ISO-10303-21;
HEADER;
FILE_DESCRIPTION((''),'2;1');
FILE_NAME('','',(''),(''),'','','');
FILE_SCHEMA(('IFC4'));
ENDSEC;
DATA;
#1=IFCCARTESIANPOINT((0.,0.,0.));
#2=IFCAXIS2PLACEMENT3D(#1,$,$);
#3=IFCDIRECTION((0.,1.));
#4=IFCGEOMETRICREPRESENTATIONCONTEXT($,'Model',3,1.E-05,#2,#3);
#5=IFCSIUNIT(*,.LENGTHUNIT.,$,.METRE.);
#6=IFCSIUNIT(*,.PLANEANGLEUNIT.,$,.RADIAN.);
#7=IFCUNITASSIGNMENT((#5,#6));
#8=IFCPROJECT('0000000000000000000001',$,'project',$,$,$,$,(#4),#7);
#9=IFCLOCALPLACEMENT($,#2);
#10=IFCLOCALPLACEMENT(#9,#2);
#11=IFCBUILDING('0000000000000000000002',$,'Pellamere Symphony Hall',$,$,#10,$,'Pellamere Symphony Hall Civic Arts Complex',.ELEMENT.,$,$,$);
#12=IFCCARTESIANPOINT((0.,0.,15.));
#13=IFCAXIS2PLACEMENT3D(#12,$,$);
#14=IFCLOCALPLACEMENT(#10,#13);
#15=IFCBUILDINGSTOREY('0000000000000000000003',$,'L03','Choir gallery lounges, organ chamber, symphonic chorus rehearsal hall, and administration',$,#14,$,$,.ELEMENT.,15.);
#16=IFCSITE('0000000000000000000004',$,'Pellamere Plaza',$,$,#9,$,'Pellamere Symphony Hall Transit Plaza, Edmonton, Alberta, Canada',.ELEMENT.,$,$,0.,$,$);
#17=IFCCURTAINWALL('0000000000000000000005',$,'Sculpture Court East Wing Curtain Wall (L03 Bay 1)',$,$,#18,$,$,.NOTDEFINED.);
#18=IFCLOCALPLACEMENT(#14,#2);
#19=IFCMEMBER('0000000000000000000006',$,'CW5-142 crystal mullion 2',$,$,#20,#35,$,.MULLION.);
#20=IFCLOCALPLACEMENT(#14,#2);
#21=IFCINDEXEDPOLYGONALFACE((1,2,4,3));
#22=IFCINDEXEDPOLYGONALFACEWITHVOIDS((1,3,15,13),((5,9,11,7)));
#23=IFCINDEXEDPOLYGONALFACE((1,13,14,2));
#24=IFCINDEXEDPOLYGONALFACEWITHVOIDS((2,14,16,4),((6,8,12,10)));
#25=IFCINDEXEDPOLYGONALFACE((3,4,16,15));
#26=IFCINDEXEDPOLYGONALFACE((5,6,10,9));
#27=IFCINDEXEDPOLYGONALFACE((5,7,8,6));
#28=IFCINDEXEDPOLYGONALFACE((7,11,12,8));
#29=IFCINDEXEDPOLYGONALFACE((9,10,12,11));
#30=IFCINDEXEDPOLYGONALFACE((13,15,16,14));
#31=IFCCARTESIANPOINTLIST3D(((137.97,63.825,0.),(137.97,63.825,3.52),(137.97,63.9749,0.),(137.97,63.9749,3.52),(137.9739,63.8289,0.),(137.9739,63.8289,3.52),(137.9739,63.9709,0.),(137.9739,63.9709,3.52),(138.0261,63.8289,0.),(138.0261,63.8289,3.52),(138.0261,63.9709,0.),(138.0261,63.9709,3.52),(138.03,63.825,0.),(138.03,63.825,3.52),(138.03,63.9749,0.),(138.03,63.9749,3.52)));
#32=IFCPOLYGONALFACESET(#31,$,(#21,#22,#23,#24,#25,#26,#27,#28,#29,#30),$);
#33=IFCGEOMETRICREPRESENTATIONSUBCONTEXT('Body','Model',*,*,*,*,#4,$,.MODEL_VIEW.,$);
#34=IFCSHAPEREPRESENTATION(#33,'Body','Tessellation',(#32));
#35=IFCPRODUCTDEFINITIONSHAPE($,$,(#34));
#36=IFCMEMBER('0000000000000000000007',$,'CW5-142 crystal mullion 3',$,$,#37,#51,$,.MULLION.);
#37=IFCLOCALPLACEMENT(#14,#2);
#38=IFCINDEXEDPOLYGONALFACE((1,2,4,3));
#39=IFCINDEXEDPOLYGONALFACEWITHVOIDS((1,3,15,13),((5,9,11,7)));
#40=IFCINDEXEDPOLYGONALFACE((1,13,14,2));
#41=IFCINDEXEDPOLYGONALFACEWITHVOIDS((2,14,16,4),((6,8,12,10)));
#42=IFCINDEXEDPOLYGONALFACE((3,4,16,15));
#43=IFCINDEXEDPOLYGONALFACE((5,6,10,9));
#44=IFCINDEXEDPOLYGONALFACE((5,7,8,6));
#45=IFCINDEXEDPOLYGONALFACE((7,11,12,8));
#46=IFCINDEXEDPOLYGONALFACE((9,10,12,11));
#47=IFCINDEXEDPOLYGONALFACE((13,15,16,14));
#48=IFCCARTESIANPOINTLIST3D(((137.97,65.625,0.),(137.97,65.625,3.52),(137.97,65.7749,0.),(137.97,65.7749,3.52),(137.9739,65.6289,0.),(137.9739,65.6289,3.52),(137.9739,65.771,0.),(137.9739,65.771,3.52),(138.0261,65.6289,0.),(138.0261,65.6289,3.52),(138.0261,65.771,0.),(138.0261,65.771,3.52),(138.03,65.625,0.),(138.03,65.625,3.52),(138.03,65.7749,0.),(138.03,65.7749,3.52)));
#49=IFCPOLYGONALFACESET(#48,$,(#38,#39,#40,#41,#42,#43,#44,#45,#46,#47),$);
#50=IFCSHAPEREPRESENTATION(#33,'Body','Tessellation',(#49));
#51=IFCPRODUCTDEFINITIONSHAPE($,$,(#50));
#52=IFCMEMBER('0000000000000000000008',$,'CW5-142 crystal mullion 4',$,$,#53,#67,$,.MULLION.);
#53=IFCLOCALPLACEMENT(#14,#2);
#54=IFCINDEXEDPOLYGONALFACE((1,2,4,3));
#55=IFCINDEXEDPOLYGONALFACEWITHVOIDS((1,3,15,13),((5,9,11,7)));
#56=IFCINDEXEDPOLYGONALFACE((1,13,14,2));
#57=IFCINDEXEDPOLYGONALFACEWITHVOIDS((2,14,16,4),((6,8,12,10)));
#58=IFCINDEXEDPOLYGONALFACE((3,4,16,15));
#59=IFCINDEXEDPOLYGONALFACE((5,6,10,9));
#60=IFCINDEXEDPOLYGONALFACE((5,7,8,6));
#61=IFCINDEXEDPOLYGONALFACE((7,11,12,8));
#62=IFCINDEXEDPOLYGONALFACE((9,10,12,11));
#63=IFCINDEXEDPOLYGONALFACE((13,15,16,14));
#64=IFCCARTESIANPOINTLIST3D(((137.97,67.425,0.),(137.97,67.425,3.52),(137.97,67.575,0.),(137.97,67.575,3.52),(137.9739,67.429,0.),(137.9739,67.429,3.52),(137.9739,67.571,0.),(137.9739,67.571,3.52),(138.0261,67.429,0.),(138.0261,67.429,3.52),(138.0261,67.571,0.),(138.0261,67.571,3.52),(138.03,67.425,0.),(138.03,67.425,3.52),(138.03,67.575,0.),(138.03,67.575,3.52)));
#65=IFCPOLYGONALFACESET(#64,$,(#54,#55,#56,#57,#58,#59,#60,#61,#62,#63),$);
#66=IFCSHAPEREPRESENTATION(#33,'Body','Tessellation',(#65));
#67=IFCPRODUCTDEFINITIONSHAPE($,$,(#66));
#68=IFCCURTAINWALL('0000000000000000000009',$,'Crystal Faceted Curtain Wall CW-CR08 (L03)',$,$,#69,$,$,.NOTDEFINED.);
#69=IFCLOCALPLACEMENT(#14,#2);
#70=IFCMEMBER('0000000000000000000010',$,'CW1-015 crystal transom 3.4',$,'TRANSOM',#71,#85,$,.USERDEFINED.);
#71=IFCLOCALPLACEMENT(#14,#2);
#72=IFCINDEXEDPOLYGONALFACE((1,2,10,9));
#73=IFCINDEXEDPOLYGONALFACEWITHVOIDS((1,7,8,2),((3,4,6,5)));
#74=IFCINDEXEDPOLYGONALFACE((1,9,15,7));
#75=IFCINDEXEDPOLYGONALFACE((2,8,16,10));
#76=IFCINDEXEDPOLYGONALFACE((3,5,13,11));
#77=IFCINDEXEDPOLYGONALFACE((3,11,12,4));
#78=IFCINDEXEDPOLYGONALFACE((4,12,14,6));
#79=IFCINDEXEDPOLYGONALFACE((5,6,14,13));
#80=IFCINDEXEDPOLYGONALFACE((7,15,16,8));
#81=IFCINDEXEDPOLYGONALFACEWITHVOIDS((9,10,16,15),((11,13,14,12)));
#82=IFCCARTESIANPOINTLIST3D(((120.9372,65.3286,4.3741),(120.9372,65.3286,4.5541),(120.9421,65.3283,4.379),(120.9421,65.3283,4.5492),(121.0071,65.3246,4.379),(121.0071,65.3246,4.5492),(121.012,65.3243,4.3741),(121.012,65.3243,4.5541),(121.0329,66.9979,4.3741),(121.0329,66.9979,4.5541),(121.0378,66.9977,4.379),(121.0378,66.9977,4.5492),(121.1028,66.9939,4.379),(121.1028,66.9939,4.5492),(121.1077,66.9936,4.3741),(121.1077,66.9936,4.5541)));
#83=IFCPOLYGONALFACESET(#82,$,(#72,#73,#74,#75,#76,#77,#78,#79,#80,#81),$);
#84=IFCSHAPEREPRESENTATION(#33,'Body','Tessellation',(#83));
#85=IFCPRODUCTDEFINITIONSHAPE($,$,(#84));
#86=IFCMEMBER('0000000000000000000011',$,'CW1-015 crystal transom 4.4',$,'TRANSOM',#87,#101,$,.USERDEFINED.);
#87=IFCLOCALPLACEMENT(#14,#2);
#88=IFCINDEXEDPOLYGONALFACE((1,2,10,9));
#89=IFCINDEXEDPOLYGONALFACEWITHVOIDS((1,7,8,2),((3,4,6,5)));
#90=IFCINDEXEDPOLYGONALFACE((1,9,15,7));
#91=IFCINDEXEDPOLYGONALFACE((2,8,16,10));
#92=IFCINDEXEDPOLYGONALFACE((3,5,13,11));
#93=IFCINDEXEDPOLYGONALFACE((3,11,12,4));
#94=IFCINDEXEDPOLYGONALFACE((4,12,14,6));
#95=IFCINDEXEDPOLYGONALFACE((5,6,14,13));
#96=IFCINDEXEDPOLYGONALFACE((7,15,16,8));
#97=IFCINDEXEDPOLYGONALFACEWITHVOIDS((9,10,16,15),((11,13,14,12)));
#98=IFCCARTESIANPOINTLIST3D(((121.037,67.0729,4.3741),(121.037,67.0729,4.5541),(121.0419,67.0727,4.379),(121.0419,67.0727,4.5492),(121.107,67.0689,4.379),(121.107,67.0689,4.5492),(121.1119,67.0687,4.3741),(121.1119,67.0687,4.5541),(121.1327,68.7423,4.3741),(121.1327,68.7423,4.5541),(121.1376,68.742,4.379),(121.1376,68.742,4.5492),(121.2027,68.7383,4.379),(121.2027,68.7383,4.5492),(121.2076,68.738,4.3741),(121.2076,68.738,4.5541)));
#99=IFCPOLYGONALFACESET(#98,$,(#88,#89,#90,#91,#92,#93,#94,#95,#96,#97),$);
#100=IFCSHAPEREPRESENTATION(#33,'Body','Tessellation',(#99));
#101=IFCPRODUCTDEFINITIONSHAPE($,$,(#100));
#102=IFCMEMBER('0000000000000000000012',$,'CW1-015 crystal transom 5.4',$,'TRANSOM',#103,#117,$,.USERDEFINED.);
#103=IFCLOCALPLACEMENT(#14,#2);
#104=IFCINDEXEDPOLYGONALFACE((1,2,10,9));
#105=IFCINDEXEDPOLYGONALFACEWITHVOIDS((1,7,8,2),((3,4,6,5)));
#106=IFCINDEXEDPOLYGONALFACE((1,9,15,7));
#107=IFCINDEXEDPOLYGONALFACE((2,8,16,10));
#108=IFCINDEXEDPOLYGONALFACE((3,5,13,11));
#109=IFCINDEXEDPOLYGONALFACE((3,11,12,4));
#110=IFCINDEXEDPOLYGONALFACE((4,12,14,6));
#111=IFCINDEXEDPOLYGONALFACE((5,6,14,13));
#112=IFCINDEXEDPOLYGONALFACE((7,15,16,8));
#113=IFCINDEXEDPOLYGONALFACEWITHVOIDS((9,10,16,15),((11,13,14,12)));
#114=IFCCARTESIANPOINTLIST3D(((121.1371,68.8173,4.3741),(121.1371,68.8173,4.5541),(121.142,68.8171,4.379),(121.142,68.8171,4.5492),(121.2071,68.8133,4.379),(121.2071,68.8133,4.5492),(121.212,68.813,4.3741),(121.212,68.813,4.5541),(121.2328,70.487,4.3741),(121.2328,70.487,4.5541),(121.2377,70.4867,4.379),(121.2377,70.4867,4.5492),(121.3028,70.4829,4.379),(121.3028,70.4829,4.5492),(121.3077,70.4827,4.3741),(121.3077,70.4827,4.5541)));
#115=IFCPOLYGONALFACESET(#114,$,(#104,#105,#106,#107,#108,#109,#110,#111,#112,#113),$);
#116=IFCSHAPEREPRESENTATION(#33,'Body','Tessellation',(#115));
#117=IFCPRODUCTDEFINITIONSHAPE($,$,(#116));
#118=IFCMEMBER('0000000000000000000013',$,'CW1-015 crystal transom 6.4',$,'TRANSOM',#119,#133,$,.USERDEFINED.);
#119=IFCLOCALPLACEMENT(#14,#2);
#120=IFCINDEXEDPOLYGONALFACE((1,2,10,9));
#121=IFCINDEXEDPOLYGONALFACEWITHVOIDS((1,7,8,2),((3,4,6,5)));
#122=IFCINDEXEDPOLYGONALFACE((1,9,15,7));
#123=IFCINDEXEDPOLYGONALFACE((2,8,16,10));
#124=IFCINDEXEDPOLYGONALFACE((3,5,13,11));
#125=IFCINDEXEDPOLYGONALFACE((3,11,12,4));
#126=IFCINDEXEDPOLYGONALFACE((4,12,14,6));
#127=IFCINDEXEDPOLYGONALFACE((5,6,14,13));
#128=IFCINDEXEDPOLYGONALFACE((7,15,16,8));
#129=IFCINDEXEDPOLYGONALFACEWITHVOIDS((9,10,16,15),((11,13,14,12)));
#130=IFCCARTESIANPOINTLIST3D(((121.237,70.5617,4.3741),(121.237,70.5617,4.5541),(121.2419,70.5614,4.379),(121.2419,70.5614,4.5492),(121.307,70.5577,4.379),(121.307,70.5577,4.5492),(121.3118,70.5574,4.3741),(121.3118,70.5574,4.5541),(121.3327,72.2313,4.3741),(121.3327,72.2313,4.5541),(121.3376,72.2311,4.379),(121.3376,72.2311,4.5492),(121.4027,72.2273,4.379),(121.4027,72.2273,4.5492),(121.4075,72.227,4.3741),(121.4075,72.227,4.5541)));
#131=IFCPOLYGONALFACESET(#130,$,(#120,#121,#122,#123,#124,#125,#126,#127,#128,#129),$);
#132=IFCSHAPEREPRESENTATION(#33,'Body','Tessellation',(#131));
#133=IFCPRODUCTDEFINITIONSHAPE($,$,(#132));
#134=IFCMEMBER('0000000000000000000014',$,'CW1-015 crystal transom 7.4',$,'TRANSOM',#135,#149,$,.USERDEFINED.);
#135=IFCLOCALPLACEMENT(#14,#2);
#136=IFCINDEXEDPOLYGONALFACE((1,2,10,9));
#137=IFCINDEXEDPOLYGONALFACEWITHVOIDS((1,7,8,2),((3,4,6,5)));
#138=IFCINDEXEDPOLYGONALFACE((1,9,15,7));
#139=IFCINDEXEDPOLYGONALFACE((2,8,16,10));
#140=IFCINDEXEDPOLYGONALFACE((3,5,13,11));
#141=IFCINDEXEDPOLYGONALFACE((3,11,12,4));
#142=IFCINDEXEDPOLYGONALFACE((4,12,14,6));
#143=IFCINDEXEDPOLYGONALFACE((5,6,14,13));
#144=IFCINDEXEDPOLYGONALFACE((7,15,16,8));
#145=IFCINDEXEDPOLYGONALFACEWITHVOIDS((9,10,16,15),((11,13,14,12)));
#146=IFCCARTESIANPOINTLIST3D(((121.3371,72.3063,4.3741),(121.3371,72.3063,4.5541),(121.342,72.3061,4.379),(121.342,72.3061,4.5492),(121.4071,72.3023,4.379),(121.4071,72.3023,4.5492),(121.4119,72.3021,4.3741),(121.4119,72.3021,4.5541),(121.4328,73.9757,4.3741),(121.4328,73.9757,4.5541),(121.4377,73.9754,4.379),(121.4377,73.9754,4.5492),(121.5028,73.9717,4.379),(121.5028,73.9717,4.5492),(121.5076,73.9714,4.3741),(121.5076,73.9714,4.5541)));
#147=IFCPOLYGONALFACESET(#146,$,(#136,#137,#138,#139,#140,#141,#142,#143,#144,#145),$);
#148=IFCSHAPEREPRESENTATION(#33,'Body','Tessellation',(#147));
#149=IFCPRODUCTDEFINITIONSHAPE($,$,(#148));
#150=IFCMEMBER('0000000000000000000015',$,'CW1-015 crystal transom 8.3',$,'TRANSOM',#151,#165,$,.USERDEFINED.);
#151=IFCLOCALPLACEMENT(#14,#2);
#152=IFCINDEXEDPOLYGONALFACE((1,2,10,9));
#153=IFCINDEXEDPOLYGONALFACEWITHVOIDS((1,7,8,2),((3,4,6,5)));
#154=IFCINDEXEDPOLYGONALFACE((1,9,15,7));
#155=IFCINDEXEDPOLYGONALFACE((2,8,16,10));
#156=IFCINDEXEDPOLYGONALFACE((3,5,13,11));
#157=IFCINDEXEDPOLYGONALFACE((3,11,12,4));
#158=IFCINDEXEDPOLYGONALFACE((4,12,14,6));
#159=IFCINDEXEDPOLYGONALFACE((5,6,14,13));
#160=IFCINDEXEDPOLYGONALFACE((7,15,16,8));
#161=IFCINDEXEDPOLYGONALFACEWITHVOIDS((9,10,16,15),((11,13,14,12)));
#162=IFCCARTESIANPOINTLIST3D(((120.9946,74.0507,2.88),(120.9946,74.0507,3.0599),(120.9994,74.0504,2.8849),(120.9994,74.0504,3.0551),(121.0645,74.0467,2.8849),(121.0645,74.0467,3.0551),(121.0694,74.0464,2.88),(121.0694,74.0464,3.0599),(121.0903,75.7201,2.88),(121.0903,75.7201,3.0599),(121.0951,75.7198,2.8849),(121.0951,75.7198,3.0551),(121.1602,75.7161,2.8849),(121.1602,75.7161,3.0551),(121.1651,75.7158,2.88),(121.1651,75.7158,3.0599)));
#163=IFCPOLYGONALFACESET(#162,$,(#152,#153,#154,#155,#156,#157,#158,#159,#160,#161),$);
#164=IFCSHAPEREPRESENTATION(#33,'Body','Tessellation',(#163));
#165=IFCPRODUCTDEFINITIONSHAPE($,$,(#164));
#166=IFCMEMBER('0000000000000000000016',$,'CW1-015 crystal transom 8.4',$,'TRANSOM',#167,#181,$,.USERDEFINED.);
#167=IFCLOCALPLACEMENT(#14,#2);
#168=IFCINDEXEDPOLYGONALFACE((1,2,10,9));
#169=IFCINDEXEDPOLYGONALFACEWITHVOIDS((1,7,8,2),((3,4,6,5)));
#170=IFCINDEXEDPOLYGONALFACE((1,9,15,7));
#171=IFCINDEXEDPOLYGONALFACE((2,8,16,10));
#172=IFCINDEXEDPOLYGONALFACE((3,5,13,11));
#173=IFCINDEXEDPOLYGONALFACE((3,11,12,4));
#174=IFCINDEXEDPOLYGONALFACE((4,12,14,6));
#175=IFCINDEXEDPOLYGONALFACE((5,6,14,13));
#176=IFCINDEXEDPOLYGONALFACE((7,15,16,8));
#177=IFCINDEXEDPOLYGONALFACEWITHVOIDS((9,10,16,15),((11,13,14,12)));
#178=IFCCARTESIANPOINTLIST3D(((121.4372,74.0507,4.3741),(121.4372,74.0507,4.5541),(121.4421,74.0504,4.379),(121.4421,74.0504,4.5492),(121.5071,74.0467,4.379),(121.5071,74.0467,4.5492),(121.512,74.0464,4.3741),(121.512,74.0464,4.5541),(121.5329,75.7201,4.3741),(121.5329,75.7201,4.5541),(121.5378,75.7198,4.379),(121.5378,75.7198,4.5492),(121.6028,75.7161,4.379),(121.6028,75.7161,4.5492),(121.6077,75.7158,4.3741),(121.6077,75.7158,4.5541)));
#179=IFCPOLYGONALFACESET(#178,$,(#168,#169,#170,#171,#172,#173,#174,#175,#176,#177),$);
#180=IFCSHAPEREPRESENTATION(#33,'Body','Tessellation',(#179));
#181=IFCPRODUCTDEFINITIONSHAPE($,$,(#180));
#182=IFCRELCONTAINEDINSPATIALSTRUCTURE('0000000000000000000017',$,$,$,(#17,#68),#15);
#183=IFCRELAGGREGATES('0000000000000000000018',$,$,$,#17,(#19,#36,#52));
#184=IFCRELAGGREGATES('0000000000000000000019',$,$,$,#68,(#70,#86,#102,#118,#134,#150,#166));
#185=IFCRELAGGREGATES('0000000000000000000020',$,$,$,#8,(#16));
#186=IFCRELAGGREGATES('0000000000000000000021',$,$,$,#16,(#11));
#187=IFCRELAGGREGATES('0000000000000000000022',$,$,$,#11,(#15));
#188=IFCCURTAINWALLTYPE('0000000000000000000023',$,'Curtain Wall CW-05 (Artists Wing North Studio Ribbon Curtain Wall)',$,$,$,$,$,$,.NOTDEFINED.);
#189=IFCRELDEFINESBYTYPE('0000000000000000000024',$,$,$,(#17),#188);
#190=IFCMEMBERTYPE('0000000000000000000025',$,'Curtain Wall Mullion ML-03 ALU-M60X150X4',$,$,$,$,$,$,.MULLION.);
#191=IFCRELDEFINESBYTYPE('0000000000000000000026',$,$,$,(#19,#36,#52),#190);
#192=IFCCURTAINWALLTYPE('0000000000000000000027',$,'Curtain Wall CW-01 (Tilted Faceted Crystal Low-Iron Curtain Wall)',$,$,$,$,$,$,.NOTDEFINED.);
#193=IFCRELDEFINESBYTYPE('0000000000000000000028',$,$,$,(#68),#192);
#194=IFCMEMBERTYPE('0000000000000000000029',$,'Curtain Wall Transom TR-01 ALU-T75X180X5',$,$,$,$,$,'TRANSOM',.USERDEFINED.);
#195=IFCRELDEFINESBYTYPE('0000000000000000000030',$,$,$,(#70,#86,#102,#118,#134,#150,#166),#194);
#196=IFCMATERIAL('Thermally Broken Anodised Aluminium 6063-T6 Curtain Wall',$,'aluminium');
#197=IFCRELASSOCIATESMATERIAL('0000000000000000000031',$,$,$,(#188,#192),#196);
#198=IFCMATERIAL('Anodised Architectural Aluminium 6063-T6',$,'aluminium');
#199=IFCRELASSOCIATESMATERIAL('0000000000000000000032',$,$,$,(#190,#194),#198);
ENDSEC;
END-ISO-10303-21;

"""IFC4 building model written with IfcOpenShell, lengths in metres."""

from ifc_helpers import new_model, si_unit, direction, frame, origin, origin_2d, place, context, subcontext, project, spatial, hollow_rectangle, extrude, material, material_profile, profile_set, type_object, element, aggregate, save


model = new_model("IFC4")

# Units and contexts
model_context = context("Model", 3, precision=1e-05, world=origin(), true_north=direction((0.0, 1.0)))
body_context = subcontext(model_context, "Body", "Model", "MODEL_VIEW")
ifc_project = project(units=[si_unit("LENGTHUNIT", "METRE"), si_unit("PLANEANGLEUNIT", "RADIAN")], contexts=[model_context])

# Site, building, storey
site_placement = place(None, origin())
site = spatial("IfcSite", under=ifc_project, at=site_placement, Name="Pellamere Plaza", LongName="Pellamere Symphony Hall Transit Plaza, Edmonton, Alberta, Canada", CompositionType="ELEMENT", RefElevation=0.0)
building_placement = place(site_placement, origin())
building = spatial("IfcBuilding", under=site, at=building_placement, Name="Pellamere Symphony Hall", LongName="Pellamere Symphony Hall Civic Arts Complex", CompositionType="ELEMENT")
storey_placement = place(building_placement, frame((0.0, 0.0, 15.0)))
storey = spatial("IfcBuildingStorey", under=building, at=storey_placement, Name="L03", Description="Choir gallery lounges, organ chamber, symphonic chorus rehearsal hall, and administration", CompositionType="ELEMENT", Elevation=15.0)

# Curtain walls, members
ifc_material_1 = material(Name="Thermally Broken Anodised Aluminium 6063-T6 Curtain Wall", Category="aluminium")
curtain_wall_type_1 = type_object("IfcCurtainWallType", Name="Curtain Wall CW-05 (Artists Wing North Studio Ribbon Curtain Wall)", PredefinedType="NOTDEFINED", material=ifc_material_1)
curtain_wall_1_placement = place(storey_placement, origin())
curtain_wall_1 = element("IfcCurtainWall", 1, at=curtain_wall_1_placement, inside=storey, type_object=curtain_wall_type_1, Name="Sculpture Court East Wing Curtain Wall (L03 Bay 1)", PredefinedType="NOTDEFINED")
ifc_material_2 = material(Name="Anodised Architectural Aluminium 6063-T6", Category="aluminium")
ifc_material_profile_1 = material_profile(ifc_material_2, hollow_rectangle(XDim=0.0601, YDim=0.1499, WallThickness=0.0039, at=origin_2d()), Name="ALU-M60X150X4")
ifc_profile_set_1 = profile_set([ifc_material_profile_1], Name="Anodised Architectural Aluminium 6063-T6")
member_type_1 = type_object("IfcMemberType", Name="Curtain Wall Mullion ML-03 ALU-M60X150X4", PredefinedType="MULLION", material=ifc_profile_set_1)
member_1_placement = place(storey_placement, frame((138.0, 63.8999, 0.0), z_axis=(0.0, 0.0, 1.0), x_axis=(-1.0, 0.0, 0.0)))
member_1 = element("IfcMember", 2, at=member_1_placement, type_object=member_type_1, Name="CW5-142 crystal mullion 2", PredefinedType="MULLION", context=body_context, shape_type="SweptSolid", body=[
    extrude(hollow_rectangle(XDim=0.0601, YDim=0.1499, WallThickness=0.0039, at=origin_2d()), origin(), (0.0, 0.0, 1.0), 3.52),
])
member_2_placement = place(storey_placement, frame((138.0, 65.7, 0.0), z_axis=(0.0, 0.0, 1.0), x_axis=(-1.0, 0.0, 0.0)))
member_2 = element("IfcMember", 3, at=member_2_placement, type_object=member_type_1, Name="CW5-142 crystal mullion 3", PredefinedType="MULLION", context=body_context, shape_type="SweptSolid", body=[
    extrude(hollow_rectangle(XDim=0.0601, YDim=0.1499, WallThickness=0.0039, at=origin_2d()), origin(), (0.0, 0.0, 1.0), 3.52),
])
member_3_placement = place(storey_placement, frame((138.0, 67.5, 0.0), z_axis=(0.0, 0.0, 1.0), x_axis=(-1.0, 0.0, 0.0)))
member_3 = element("IfcMember", 4, at=member_3_placement, type_object=member_type_1, Name="CW5-142 crystal mullion 4", PredefinedType="MULLION", context=body_context, shape_type="SweptSolid", body=[
    extrude(hollow_rectangle(XDim=0.0601, YDim=0.1499, WallThickness=0.0039, at=origin_2d()), origin(), (0.0, 0.0, 1.0), 3.52),
])
curtain_wall_type_2 = type_object("IfcCurtainWallType", Name="Curtain Wall CW-01 (Tilted Faceted Crystal Low-Iron Curtain Wall)", PredefinedType="NOTDEFINED", material=ifc_material_1)
curtain_wall_2_placement = place(storey_placement, origin())
curtain_wall_2 = element("IfcCurtainWall", 5, at=curtain_wall_2_placement, inside=storey, type_object=curtain_wall_type_2, Name="Crystal Faceted Curtain Wall CW-CR08 (L03)", PredefinedType="NOTDEFINED")
ifc_material_profile_2 = material_profile(ifc_material_2, hollow_rectangle(XDim=0.075, YDim=0.1799, WallThickness=0.0049, at=origin_2d()), Name="ALU-T75X180X5")
ifc_profile_set_2 = profile_set([ifc_material_profile_2], Name="Anodised Architectural Aluminium 6063-T6")
member_type_2 = type_object("IfcMemberType", Name="Curtain Wall Transom TR-01 ALU-T75X180X5", ElementType="TRANSOM", PredefinedType="USERDEFINED", material=ifc_profile_set_2)
member_4_placement = place(storey_placement, frame((120.9746, 65.3264, 4.4641), z_axis=(0.057233, 0.998361, 0.0), x_axis=(-0.998361, 0.057233, 0.0)))
member_4 = element("IfcMember", 6, at=member_4_placement, type_object=member_type_2, Name="CW1-015 crystal transom 3.4", ObjectType="TRANSOM", PredefinedType="USERDEFINED", context=body_context, shape_type="SweptSolid", body=[
    extrude(hollow_rectangle(XDim=0.075, YDim=0.1799, WallThickness=0.0049, at=origin_2d()), origin(), (0.0, 0.0, 1.0), 1.6721),
])
member_5_placement = place(storey_placement, frame((121.0745, 67.0708, 4.4641), z_axis=(0.057233, 0.998361, 0.0), x_axis=(-0.998361, 0.057233, 0.0)))
member_5 = element("IfcMember", 7, at=member_5_placement, type_object=member_type_2, Name="CW1-015 crystal transom 4.4", ObjectType="TRANSOM", PredefinedType="USERDEFINED", context=body_context, shape_type="SweptSolid", body=[
    extrude(hollow_rectangle(XDim=0.075, YDim=0.1799, WallThickness=0.0049, at=origin_2d()), origin(), (0.0, 0.0, 1.0), 1.6721),
])
member_6_placement = place(storey_placement, frame((121.1746, 68.8152, 4.4641), z_axis=(0.057224, 0.998361, 0.0), x_axis=(-0.998361, 0.057224, 0.0)))
member_6 = element("IfcMember", 8, at=member_6_placement, type_object=member_type_2, Name="CW1-015 crystal transom 5.4", ObjectType="TRANSOM", PredefinedType="USERDEFINED", context=body_context, shape_type="SweptSolid", body=[
    extrude(hollow_rectangle(XDim=0.075, YDim=0.1799, WallThickness=0.0049, at=origin_2d()), origin(), (0.0, 0.0, 1.0), 1.6724),
])
member_7_placement = place(storey_placement, frame((121.2744, 70.5596, 4.4641), z_axis=(0.057224, 0.998361, 0.0), x_axis=(-0.998361, 0.057224, 0.0)))
member_7 = element("IfcMember", 9, at=member_7_placement, type_object=member_type_2, Name="CW1-015 crystal transom 6.4", ObjectType="TRANSOM", PredefinedType="USERDEFINED", context=body_context, shape_type="SweptSolid", body=[
    extrude(hollow_rectangle(XDim=0.075, YDim=0.1799, WallThickness=0.0049, at=origin_2d()), origin(), (0.0, 0.0, 1.0), 1.6724),
])
member_8_placement = place(storey_placement, frame((121.3745, 72.3042, 4.4641), z_axis=(0.057233, 0.998361, 0.0), x_axis=(-0.998361, 0.057233, 0.0)))
member_8 = element("IfcMember", 10, at=member_8_placement, type_object=member_type_2, Name="CW1-015 crystal transom 7.4", ObjectType="TRANSOM", PredefinedType="USERDEFINED", context=body_context, shape_type="SweptSolid", body=[
    extrude(hollow_rectangle(XDim=0.075, YDim=0.1799, WallThickness=0.0049, at=origin_2d()), origin(), (0.0, 0.0, 1.0), 1.6721),
])
member_9_placement = place(storey_placement, frame((121.032, 74.0486, 2.97), z_axis=(0.057233, 0.998361, 0.0), x_axis=(-0.998361, 0.057233, 0.0)))
member_9 = element("IfcMember", 11, at=member_9_placement, type_object=member_type_2, Name="CW1-015 crystal transom 8.3", ObjectType="TRANSOM", PredefinedType="USERDEFINED", context=body_context, shape_type="SweptSolid", body=[
    extrude(hollow_rectangle(XDim=0.075, YDim=0.1799, WallThickness=0.0049, at=origin_2d()), origin(), (0.0, 0.0, 1.0), 1.6721),
])
member_10_placement = place(storey_placement, frame((121.4746, 74.0486, 4.4641), z_axis=(0.057233, 0.998361, 0.0), x_axis=(-0.998361, 0.057233, 0.0)))
member_10 = element("IfcMember", 12, at=member_10_placement, type_object=member_type_2, Name="CW1-015 crystal transom 8.4", ObjectType="TRANSOM", PredefinedType="USERDEFINED", context=body_context, shape_type="SweptSolid", body=[
    extrude(hollow_rectangle(XDim=0.075, YDim=0.1799, WallThickness=0.0049, at=origin_2d()), origin(), (0.0, 0.0, 1.0), 1.6721),
])

aggregate(curtain_wall_1, [member_1, member_2, member_3])
aggregate(curtain_wall_2, [member_4, member_5, member_6, member_7, member_8, member_9, member_10])

save(model, "model.ifc")
